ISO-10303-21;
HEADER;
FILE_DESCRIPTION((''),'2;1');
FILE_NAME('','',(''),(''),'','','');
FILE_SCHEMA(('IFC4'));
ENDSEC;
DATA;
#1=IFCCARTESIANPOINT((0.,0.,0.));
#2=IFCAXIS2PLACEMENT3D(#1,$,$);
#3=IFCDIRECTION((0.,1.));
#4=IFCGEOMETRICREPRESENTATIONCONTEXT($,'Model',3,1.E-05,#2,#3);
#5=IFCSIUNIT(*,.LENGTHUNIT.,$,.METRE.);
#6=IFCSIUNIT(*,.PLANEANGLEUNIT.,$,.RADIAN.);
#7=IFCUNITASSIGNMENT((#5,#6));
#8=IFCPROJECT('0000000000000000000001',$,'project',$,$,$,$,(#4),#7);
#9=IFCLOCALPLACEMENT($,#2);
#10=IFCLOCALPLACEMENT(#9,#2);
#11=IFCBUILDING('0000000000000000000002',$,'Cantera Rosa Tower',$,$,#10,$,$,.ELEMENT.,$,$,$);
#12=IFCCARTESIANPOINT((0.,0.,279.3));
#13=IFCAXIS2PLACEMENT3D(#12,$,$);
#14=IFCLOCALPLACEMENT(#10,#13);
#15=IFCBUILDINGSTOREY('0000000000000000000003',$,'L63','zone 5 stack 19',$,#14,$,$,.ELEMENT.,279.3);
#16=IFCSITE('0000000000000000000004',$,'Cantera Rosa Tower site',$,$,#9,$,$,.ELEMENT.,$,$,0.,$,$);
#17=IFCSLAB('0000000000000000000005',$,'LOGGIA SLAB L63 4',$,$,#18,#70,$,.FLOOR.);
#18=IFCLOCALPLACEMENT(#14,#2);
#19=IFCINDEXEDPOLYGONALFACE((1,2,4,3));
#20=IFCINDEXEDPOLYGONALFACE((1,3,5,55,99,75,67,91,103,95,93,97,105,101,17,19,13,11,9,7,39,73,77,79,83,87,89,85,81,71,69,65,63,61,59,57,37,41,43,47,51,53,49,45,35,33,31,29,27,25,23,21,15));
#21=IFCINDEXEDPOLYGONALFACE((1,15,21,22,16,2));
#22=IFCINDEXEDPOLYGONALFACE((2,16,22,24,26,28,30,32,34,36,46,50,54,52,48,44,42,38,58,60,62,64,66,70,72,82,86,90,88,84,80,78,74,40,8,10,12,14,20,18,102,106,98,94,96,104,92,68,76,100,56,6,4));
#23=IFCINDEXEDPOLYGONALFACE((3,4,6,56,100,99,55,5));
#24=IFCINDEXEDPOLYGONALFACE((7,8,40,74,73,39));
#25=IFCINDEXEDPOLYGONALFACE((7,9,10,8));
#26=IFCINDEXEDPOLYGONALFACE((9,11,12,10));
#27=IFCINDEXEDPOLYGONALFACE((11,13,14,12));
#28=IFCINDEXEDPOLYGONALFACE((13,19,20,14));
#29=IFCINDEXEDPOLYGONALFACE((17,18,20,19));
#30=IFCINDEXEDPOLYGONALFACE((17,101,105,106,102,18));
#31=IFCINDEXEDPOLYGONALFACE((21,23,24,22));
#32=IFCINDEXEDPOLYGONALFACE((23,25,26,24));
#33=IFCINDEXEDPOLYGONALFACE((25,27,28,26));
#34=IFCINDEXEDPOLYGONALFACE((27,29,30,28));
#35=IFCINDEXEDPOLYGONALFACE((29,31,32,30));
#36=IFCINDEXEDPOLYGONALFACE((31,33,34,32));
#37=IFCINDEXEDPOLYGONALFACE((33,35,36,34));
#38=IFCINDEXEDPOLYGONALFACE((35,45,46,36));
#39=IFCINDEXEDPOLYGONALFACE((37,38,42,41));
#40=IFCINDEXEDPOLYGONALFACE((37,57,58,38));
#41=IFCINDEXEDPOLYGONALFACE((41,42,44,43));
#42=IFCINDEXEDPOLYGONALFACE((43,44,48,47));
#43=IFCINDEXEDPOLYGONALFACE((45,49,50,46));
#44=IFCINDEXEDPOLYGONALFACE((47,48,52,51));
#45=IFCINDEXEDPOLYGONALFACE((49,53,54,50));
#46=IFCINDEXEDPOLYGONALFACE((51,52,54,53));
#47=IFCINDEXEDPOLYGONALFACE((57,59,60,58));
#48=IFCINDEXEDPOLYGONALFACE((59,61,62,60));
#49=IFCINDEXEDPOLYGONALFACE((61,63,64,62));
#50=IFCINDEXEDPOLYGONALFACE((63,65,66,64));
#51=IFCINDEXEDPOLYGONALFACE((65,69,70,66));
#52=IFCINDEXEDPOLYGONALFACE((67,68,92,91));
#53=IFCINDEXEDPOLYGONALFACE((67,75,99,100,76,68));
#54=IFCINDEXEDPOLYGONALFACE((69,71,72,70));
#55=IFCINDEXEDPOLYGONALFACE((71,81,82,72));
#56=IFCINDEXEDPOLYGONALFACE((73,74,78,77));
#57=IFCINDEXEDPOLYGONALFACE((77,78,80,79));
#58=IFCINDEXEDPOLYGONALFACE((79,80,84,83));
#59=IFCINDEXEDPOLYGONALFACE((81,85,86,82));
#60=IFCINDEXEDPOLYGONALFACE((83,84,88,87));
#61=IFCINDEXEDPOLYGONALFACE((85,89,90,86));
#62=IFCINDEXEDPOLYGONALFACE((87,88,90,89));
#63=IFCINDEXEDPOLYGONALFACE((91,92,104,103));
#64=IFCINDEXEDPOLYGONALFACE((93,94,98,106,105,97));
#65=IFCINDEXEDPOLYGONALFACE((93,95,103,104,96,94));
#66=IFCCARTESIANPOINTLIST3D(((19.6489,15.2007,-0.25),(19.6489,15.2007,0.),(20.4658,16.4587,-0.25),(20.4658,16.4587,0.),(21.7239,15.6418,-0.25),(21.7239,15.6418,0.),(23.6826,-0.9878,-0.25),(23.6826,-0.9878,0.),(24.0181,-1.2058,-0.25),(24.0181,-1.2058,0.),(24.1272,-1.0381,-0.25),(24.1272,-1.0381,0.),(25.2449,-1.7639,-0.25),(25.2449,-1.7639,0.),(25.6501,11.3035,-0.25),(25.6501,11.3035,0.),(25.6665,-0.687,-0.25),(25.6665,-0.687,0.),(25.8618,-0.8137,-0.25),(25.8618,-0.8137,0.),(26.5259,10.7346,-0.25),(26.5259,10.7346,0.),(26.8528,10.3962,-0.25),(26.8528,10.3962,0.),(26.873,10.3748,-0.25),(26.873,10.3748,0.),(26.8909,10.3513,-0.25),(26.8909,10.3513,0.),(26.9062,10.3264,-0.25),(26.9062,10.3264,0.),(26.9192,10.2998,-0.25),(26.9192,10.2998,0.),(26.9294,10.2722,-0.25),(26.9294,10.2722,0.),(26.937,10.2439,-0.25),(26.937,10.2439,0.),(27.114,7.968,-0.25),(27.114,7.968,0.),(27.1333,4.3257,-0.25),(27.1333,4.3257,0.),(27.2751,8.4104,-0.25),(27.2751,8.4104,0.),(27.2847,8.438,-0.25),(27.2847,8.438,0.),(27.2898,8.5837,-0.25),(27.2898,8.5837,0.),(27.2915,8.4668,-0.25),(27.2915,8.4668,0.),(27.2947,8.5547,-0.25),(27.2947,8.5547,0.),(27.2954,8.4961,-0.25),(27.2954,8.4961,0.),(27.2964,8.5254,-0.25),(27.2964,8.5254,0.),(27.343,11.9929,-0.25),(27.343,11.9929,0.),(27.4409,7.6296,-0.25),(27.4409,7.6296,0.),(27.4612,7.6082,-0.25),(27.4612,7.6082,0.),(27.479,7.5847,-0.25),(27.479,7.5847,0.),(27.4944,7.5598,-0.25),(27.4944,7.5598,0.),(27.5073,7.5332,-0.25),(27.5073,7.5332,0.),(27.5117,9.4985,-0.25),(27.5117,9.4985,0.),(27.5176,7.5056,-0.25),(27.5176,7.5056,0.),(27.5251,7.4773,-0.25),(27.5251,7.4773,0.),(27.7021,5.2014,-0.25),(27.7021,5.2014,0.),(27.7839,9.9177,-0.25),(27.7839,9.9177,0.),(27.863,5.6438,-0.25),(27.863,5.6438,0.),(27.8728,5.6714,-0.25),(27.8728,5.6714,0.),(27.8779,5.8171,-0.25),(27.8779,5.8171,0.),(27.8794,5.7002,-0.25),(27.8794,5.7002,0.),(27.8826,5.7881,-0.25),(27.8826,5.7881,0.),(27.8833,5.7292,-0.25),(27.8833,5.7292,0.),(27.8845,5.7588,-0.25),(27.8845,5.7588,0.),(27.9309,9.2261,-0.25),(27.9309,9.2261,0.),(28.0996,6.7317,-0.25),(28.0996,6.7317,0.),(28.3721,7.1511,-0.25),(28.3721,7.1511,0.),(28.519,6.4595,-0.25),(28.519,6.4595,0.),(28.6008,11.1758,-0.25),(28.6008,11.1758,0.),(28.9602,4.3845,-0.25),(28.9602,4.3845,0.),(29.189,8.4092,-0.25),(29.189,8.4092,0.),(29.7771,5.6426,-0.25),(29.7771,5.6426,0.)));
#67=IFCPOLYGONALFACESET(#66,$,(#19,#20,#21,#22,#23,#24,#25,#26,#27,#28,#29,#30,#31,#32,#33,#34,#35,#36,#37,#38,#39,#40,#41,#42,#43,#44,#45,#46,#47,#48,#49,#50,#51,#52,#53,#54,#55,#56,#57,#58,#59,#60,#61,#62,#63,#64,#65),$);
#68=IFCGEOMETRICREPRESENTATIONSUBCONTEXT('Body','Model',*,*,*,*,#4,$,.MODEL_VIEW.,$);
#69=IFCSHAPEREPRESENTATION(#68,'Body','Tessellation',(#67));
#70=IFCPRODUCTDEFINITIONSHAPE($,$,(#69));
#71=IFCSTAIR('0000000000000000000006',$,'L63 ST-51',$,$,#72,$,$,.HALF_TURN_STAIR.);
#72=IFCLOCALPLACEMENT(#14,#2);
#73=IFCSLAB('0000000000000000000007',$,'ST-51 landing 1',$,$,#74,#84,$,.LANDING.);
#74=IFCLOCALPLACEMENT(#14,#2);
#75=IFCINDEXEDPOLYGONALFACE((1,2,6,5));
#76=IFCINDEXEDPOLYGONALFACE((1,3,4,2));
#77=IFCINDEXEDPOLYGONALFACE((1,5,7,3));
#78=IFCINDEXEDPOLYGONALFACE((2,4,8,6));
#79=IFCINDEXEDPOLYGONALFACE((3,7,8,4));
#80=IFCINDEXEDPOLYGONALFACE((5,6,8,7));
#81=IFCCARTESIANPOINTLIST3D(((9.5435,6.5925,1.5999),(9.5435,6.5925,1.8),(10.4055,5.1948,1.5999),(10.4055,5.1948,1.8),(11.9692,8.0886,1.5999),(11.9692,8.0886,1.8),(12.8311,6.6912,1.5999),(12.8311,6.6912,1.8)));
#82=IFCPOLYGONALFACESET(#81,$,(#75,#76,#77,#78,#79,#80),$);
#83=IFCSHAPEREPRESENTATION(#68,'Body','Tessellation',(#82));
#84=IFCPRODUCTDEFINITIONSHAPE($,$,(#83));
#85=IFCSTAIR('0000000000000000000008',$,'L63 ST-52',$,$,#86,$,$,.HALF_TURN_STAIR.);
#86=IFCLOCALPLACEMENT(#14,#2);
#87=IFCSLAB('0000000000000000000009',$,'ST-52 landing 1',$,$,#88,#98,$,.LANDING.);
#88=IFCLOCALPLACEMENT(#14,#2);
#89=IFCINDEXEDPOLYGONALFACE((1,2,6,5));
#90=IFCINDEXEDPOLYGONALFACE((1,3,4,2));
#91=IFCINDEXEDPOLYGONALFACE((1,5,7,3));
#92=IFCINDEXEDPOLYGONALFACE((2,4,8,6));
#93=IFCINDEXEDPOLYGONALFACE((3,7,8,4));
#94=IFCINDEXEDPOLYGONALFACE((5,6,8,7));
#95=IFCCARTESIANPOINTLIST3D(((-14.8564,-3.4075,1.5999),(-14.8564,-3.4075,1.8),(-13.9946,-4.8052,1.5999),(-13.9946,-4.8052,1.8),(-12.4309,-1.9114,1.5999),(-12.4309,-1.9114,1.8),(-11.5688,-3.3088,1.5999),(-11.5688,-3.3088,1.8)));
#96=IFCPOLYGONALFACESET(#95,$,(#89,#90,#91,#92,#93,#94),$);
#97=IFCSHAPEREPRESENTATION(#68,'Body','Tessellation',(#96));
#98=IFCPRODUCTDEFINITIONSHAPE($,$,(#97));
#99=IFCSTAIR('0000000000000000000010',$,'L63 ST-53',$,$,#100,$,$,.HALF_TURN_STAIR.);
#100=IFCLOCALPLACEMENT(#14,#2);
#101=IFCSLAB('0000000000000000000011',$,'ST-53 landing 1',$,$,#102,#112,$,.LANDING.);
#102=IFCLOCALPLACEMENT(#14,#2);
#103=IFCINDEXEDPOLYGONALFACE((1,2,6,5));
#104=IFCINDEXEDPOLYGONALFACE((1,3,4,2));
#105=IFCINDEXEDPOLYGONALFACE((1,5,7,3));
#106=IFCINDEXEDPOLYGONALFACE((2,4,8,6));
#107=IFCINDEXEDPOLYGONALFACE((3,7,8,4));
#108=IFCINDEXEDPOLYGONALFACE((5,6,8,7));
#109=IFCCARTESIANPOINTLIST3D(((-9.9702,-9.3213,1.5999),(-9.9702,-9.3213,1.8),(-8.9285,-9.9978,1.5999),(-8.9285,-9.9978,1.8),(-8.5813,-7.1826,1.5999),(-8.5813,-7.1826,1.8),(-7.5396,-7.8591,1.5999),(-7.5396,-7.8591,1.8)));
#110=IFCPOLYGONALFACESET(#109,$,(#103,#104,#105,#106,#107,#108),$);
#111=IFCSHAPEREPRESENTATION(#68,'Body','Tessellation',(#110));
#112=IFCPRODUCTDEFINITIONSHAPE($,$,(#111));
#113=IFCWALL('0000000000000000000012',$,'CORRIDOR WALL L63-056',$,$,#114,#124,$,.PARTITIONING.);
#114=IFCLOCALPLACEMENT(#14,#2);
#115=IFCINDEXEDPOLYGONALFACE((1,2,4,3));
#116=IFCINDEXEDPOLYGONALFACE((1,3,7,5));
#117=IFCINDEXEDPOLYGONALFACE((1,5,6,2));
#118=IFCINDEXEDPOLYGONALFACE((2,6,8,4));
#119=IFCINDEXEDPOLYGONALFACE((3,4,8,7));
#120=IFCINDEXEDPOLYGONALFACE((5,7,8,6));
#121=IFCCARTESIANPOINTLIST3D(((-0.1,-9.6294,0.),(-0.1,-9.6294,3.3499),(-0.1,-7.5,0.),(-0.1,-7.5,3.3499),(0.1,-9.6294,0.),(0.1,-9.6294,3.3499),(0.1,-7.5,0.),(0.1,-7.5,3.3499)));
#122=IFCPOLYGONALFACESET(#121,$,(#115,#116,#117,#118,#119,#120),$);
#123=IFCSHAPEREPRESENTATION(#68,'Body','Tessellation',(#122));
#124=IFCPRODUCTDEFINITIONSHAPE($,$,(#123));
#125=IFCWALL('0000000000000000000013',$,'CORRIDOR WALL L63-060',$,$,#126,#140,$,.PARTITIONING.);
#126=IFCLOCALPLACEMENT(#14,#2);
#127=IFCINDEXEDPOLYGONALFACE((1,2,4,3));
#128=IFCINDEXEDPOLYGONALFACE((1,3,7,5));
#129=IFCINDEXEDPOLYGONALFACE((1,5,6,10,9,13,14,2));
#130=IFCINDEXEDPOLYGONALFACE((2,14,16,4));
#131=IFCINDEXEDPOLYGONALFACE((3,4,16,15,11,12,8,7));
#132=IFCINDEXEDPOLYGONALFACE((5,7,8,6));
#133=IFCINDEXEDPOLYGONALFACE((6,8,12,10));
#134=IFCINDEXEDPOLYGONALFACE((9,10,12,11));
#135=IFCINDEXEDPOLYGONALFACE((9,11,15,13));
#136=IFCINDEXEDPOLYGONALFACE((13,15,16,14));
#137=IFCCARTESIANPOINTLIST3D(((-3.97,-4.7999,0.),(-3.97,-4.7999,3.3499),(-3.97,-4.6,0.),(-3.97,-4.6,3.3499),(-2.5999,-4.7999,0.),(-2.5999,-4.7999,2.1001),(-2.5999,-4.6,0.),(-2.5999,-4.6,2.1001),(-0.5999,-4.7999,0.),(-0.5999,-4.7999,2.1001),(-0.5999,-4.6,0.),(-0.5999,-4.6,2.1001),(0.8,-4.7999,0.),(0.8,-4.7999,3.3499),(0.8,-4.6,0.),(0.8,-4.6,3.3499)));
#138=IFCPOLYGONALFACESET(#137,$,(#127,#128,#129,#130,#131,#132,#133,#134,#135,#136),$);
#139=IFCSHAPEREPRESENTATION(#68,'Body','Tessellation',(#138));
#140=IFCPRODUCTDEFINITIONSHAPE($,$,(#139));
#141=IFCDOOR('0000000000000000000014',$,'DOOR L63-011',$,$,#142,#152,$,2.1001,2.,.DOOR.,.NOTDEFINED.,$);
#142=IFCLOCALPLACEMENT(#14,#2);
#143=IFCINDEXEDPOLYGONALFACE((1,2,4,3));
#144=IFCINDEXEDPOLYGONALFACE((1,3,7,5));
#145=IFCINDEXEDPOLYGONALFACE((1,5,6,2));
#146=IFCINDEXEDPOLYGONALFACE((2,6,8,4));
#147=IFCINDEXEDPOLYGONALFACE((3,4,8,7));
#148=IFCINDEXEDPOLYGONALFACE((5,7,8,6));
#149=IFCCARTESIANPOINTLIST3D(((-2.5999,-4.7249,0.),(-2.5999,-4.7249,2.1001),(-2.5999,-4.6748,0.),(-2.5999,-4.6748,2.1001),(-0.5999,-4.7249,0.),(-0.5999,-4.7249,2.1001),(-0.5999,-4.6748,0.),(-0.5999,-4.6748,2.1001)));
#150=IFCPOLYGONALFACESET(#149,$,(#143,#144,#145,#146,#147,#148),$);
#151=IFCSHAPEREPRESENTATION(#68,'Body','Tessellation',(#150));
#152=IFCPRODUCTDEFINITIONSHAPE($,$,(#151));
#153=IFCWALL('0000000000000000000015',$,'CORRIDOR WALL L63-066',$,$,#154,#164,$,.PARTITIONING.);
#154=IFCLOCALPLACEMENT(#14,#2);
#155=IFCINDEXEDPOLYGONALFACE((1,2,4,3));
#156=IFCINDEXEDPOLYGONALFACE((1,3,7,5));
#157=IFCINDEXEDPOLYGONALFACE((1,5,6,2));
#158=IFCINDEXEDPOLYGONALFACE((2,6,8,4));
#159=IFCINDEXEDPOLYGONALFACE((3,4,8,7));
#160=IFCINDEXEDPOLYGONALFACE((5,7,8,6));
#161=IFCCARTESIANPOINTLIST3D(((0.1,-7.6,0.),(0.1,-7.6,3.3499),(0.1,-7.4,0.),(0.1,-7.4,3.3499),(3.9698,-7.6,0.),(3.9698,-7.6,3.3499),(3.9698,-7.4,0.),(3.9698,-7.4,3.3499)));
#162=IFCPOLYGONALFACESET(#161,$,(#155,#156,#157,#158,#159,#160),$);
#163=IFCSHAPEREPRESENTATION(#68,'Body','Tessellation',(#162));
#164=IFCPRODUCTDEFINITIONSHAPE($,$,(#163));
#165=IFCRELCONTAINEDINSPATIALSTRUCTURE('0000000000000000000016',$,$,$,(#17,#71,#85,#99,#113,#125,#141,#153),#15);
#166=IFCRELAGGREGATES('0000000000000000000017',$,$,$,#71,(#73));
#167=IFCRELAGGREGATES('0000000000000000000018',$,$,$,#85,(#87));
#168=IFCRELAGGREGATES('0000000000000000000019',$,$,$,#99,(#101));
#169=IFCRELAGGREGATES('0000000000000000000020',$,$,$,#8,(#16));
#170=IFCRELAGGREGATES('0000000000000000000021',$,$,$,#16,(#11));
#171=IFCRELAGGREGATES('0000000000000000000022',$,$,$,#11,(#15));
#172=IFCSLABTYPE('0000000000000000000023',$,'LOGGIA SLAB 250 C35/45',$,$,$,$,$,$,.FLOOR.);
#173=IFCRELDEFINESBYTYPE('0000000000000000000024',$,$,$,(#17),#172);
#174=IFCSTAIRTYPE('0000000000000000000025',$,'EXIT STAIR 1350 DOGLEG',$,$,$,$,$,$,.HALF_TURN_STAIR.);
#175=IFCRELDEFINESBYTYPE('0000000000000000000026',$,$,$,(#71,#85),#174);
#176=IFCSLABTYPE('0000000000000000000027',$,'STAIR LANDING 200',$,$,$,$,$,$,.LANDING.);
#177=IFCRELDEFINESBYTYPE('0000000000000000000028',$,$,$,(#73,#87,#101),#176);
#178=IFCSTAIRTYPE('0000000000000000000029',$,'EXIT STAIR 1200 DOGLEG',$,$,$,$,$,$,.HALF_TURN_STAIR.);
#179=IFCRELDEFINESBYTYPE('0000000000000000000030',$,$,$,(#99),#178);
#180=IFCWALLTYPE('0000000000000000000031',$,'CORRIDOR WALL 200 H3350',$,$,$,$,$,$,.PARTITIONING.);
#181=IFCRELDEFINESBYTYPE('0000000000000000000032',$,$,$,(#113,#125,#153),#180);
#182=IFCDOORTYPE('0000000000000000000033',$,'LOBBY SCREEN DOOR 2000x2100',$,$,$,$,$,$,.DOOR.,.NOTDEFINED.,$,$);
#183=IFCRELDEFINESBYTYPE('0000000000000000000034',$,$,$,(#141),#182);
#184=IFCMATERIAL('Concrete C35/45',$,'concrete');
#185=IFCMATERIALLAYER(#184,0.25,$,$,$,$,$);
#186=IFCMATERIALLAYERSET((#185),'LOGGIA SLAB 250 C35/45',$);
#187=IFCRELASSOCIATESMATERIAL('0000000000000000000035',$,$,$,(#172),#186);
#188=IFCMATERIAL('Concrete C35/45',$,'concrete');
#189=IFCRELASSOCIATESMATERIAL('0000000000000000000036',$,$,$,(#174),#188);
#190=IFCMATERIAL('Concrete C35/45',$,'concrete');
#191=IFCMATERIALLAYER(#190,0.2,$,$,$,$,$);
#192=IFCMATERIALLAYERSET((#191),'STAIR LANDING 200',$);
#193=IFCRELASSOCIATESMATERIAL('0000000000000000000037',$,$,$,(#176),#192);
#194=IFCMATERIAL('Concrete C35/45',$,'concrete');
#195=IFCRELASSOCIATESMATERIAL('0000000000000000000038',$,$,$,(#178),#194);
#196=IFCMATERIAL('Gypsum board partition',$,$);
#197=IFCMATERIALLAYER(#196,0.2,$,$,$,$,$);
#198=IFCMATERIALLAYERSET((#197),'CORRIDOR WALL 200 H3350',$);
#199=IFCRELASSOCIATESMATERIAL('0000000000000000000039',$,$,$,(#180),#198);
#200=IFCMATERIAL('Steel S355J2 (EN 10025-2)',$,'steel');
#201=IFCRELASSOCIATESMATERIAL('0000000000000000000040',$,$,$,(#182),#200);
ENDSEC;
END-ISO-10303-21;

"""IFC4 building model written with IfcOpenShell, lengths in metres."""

from ifc_helpers import new_model, si_unit, direction, frame, frame_2d, origin, place, context, subcontext, project, spatial, polyline, rectangle, outline, extrude, material, layer, layer_set, type_object, element, fill, aggregate, save


model = new_model("IFC4")

# Units and contexts
model_context = context("Model", 3, precision=1e-05, world=origin(), true_north=direction((0.0, 1.0)))
body_context = subcontext(model_context, "Body", "Model", "MODEL_VIEW")
ifc_project = project(units=[si_unit("LENGTHUNIT", "METRE"), si_unit("PLANEANGLEUNIT", "RADIAN")], contexts=[model_context])

# Site, building, storey
site_placement = place(None, origin())
site = spatial("IfcSite", under=ifc_project, at=site_placement, Name="Cantera Rosa Tower site", CompositionType="ELEMENT", RefElevation=0.0)
building_placement = place(site_placement, origin())
building = spatial("IfcBuilding", under=site, at=building_placement, Name="Cantera Rosa Tower", CompositionType="ELEMENT")
storey_placement = place(building_placement, frame((0.0, 0.0, 279.3)))
storey = spatial("IfcBuildingStorey", under=building, at=storey_placement, Name="L63", Description="zone 5 stack 19", CompositionType="ELEMENT", Elevation=279.3)

# Slab
ifc_material_1 = material(Name="Concrete C35/45", Category="concrete")
ifc_layer_1 = layer(ifc_material_1, 0.25)
ifc_layer_set_1 = layer_set([ifc_layer_1], Name="LOGGIA SLAB 250 C35/45")
slab_type_1 = type_object("IfcSlabType", Name="LOGGIA SLAB 250 C35/45", PredefinedType="FLOOR", material=ifc_layer_set_1)
slab_1_placement = place(storey_placement, frame((0.0, 0.0, -0.25)))
element("IfcSlab", 1, at=slab_1_placement, inside=storey, type_object=slab_type_1, Name="LOGGIA SLAB L63 4", PredefinedType="FLOOR", context=body_context, shape_type="SweptSolid", body=[
    extrude(outline(polyline([(27.343, 11.9929), (28.6008, 11.1758), (27.7839, 9.9177), (27.5117, 9.4985), (27.9309, 9.2261), (29.189, 8.4092), (28.3721, 7.1511), (28.0996, 6.7317), (28.519, 6.4595), (29.7771, 5.6426), (28.9602, 4.3845), (25.6665, -0.687), (25.8618, -0.8137), (25.2449, -1.7639), (24.1272, -1.0381), (24.0181, -1.2058), (23.6826, -0.9878), (27.1333, 4.3257), (27.7021, 5.2014), (27.863, 5.6438), (27.8728, 5.6714), (27.8794, 5.7002), (27.8833, 5.7292), (27.8845, 5.7588), (27.8826, 5.7881), (27.8779, 5.8171), (27.5251, 7.4773), (27.5176, 7.5056), (27.5073, 7.5332), (27.4944, 7.5598), (27.479, 7.5847), (27.4612, 7.6082), (27.4409, 7.6296), (27.114, 7.968), (27.2751, 8.4104), (27.2847, 8.438), (27.2915, 8.4668), (27.2954, 8.4961), (27.2964, 8.5254), (27.2947, 8.5547), (27.2898, 8.5837), (26.937, 10.2439), (26.9294, 10.2722), (26.9192, 10.2998), (26.9062, 10.3264), (26.8909, 10.3513), (26.873, 10.3748), (26.8528, 10.3962), (26.5259, 10.7346), (25.6501, 11.3035), (19.6489, 15.2007), (20.4658, 16.4587), (21.7239, 15.6418), (27.343, 11.9929)])), origin(), (0.0, 0.0, 1.0), 0.25),
])

# Stairs, slabs
ifc_material_2 = material(Name="Concrete C35/45", Category="concrete")
stair_type_1 = type_object("IfcStairType", Name="EXIT STAIR 1350 DOGLEG", PredefinedType="HALF_TURN_STAIR", material=ifc_material_2)
stair_1_placement = place(storey_placement, origin())
stair_1 = element("IfcStair", 2, at=stair_1_placement, inside=storey, type_object=stair_type_1, Name="L63 ST-51", PredefinedType="HALF_TURN_STAIR")
ifc_material_3 = material(Name="Concrete C35/45", Category="concrete")
ifc_layer_2 = layer(ifc_material_3, 0.2)
ifc_layer_set_2 = layer_set([ifc_layer_2], Name="STAIR LANDING 200")
slab_type_2 = type_object("IfcSlabType", Name="STAIR LANDING 200", PredefinedType="LANDING", material=ifc_layer_set_2)
slab_2_placement = place(storey_placement, frame((0.0, 0.0, 1.5999)))
slab_2 = element("IfcSlab", 3, at=slab_2_placement, type_object=slab_type_2, Name="ST-51 landing 1", PredefinedType="LANDING", context=body_context, shape_type="SweptSolid", body=[
    extrude(outline(polyline([(12.8311, 6.6912), (11.9692, 8.0886), (9.5435, 6.5925), (10.4055, 5.1948), (12.8311, 6.6912)])), origin(), (0.0, 0.0, 1.0), 0.2002),
])
aggregate(stair_1, [slab_2])
stair_2_placement = place(storey_placement, origin())
stair_2 = element("IfcStair", 4, at=stair_2_placement, inside=storey, type_object=stair_type_1, Name="L63 ST-52", PredefinedType="HALF_TURN_STAIR")
slab_3_placement = place(storey_placement, frame((0.0, 0.0, 1.5999)))
slab_3 = element("IfcSlab", 5, at=slab_3_placement, type_object=slab_type_2, Name="ST-52 landing 1", PredefinedType="LANDING", context=body_context, shape_type="SweptSolid", body=[
    extrude(outline(polyline([(-11.5688, -3.3088), (-12.4309, -1.9114), (-14.8564, -3.4075), (-13.9946, -4.8052), (-11.5688, -3.3088)])), origin(), (0.0, 0.0, 1.0), 0.2002),
])
aggregate(stair_2, [slab_3])
ifc_material_4 = material(Name="Concrete C35/45", Category="concrete")
stair_type_2 = type_object("IfcStairType", Name="EXIT STAIR 1200 DOGLEG", PredefinedType="HALF_TURN_STAIR", material=ifc_material_4)
stair_3_placement = place(storey_placement, origin())
stair_3 = element("IfcStair", 6, at=stair_3_placement, inside=storey, type_object=stair_type_2, Name="L63 ST-53", PredefinedType="HALF_TURN_STAIR")
slab_4_placement = place(storey_placement, frame((0.0, 0.0, 1.5999)))
slab_4 = element("IfcSlab", 7, at=slab_4_placement, type_object=slab_type_2, Name="ST-53 landing 1", PredefinedType="LANDING", context=body_context, shape_type="SweptSolid", body=[
    extrude(outline(polyline([(-7.5396, -7.8591), (-8.5813, -7.1826), (-9.9702, -9.3213), (-8.9285, -9.9978), (-7.5396, -7.8591)])), origin(), (0.0, 0.0, 1.0), 0.2002),
])
aggregate(stair_3, [slab_4])

# Wall
ifc_material_5 = material(Name="Gypsum board partition")
ifc_layer_3 = layer(ifc_material_5, 0.2)
ifc_layer_set_3 = layer_set([ifc_layer_3], Name="CORRIDOR WALL 200 H3350")
wall_type_1 = type_object("IfcWallType", Name="CORRIDOR WALL 200 H3350", PredefinedType="PARTITIONING", material=ifc_layer_set_3)
wall_1_placement = place(storey_placement, frame((0.0, -7.5, 0.0), z_axis=(0.0, 0.0, 1.0), x_axis=(0.0, -1.0, 0.0)))
element("IfcWall", 8, at=wall_1_placement, inside=storey, type_object=wall_type_1, Name="CORRIDOR WALL L63-056", PredefinedType="PARTITIONING", context=body_context, shape_type="SweptSolid", body=[
    extrude(rectangle(XDim=2.1294, YDim=0.2, at=frame_2d((1.0647, 0.0))), origin(), (0.0, 0.0, 1.0), 3.3499),
])

# Wall, opening, door
wall_2_placement = place(storey_placement, frame((0.8, -4.7, 0.0), z_axis=(0.0, 0.0, 1.0), x_axis=(-1.0, 0.0, 0.0)))
wall_2 = element("IfcWall", 9, at=wall_2_placement, inside=storey, type_object=wall_type_1, Name="CORRIDOR WALL L63-060", PredefinedType="PARTITIONING", context=body_context, shape_type="SweptSolid", body=[
    extrude(rectangle(XDim=4.77, YDim=0.2, at=frame_2d((2.385, 0.0))), origin(), (0.0, 0.0, 1.0), 3.3499),
])
opening_1_placement = place(wall_2_placement, frame((1.3999, 0.0, 0.0)))
opening_1 = element("IfcOpeningElement", 10, at=opening_1_placement, cuts=wall_2, PredefinedType="OPENING", context=body_context, shape_type="SweptSolid", body=[
    extrude(rectangle(XDim=2.0, YDim=2.1001, at=frame_2d((1.0, 1.05))), frame((0.0, 0.1099, 0.0), z_axis=(0.0, -1.0, 0.0), x_axis=(1.0, 0.0, 0.0)), (0.0, 0.0, 1.0), 0.22),
])
ifc_material_6 = material(Name="Steel S355J2 (EN 10025-2)", Category="steel")
door_type_1 = type_object("IfcDoorType", Name="LOBBY SCREEN DOOR 2000x2100", OperationType="NOTDEFINED", PredefinedType="DOOR", material=ifc_material_6)
door_1_placement = place(opening_1_placement, origin())
door_1 = element("IfcDoor", 11, at=door_1_placement, inside=storey, type_object=door_type_1, Name="DOOR L63-011", OperationType="NOTDEFINED", OverallHeight=2.1001, OverallWidth=2.0, PredefinedType="DOOR", context=body_context, shape_type="SweptSolid", body=[
    extrude(rectangle(XDim=2.0, YDim=2.1001, at=frame_2d((1.0, 1.05))), frame((0.0, 0.0249, 0.0), z_axis=(0.0, -1.0, 0.0), x_axis=(1.0, 0.0, 0.0)), (0.0, 0.0, 1.0), 0.05),
])
fill(opening_1, door_1)

# Wall
wall_3_placement = place(storey_placement, frame((3.97, -7.5, 0.0), z_axis=(0.0, 0.0, 1.0), x_axis=(-1.0, 0.0, 0.0)))
element("IfcWall", 12, at=wall_3_placement, inside=storey, type_object=wall_type_1, Name="CORRIDOR WALL L63-066", PredefinedType="PARTITIONING", context=body_context, shape_type="SweptSolid", body=[
    extrude(rectangle(XDim=3.8699, YDim=0.2, at=frame_2d((1.9351, 0.0))), origin(), (0.0, 0.0, 1.0), 3.3499),
])

save(model, "model.ifc")
